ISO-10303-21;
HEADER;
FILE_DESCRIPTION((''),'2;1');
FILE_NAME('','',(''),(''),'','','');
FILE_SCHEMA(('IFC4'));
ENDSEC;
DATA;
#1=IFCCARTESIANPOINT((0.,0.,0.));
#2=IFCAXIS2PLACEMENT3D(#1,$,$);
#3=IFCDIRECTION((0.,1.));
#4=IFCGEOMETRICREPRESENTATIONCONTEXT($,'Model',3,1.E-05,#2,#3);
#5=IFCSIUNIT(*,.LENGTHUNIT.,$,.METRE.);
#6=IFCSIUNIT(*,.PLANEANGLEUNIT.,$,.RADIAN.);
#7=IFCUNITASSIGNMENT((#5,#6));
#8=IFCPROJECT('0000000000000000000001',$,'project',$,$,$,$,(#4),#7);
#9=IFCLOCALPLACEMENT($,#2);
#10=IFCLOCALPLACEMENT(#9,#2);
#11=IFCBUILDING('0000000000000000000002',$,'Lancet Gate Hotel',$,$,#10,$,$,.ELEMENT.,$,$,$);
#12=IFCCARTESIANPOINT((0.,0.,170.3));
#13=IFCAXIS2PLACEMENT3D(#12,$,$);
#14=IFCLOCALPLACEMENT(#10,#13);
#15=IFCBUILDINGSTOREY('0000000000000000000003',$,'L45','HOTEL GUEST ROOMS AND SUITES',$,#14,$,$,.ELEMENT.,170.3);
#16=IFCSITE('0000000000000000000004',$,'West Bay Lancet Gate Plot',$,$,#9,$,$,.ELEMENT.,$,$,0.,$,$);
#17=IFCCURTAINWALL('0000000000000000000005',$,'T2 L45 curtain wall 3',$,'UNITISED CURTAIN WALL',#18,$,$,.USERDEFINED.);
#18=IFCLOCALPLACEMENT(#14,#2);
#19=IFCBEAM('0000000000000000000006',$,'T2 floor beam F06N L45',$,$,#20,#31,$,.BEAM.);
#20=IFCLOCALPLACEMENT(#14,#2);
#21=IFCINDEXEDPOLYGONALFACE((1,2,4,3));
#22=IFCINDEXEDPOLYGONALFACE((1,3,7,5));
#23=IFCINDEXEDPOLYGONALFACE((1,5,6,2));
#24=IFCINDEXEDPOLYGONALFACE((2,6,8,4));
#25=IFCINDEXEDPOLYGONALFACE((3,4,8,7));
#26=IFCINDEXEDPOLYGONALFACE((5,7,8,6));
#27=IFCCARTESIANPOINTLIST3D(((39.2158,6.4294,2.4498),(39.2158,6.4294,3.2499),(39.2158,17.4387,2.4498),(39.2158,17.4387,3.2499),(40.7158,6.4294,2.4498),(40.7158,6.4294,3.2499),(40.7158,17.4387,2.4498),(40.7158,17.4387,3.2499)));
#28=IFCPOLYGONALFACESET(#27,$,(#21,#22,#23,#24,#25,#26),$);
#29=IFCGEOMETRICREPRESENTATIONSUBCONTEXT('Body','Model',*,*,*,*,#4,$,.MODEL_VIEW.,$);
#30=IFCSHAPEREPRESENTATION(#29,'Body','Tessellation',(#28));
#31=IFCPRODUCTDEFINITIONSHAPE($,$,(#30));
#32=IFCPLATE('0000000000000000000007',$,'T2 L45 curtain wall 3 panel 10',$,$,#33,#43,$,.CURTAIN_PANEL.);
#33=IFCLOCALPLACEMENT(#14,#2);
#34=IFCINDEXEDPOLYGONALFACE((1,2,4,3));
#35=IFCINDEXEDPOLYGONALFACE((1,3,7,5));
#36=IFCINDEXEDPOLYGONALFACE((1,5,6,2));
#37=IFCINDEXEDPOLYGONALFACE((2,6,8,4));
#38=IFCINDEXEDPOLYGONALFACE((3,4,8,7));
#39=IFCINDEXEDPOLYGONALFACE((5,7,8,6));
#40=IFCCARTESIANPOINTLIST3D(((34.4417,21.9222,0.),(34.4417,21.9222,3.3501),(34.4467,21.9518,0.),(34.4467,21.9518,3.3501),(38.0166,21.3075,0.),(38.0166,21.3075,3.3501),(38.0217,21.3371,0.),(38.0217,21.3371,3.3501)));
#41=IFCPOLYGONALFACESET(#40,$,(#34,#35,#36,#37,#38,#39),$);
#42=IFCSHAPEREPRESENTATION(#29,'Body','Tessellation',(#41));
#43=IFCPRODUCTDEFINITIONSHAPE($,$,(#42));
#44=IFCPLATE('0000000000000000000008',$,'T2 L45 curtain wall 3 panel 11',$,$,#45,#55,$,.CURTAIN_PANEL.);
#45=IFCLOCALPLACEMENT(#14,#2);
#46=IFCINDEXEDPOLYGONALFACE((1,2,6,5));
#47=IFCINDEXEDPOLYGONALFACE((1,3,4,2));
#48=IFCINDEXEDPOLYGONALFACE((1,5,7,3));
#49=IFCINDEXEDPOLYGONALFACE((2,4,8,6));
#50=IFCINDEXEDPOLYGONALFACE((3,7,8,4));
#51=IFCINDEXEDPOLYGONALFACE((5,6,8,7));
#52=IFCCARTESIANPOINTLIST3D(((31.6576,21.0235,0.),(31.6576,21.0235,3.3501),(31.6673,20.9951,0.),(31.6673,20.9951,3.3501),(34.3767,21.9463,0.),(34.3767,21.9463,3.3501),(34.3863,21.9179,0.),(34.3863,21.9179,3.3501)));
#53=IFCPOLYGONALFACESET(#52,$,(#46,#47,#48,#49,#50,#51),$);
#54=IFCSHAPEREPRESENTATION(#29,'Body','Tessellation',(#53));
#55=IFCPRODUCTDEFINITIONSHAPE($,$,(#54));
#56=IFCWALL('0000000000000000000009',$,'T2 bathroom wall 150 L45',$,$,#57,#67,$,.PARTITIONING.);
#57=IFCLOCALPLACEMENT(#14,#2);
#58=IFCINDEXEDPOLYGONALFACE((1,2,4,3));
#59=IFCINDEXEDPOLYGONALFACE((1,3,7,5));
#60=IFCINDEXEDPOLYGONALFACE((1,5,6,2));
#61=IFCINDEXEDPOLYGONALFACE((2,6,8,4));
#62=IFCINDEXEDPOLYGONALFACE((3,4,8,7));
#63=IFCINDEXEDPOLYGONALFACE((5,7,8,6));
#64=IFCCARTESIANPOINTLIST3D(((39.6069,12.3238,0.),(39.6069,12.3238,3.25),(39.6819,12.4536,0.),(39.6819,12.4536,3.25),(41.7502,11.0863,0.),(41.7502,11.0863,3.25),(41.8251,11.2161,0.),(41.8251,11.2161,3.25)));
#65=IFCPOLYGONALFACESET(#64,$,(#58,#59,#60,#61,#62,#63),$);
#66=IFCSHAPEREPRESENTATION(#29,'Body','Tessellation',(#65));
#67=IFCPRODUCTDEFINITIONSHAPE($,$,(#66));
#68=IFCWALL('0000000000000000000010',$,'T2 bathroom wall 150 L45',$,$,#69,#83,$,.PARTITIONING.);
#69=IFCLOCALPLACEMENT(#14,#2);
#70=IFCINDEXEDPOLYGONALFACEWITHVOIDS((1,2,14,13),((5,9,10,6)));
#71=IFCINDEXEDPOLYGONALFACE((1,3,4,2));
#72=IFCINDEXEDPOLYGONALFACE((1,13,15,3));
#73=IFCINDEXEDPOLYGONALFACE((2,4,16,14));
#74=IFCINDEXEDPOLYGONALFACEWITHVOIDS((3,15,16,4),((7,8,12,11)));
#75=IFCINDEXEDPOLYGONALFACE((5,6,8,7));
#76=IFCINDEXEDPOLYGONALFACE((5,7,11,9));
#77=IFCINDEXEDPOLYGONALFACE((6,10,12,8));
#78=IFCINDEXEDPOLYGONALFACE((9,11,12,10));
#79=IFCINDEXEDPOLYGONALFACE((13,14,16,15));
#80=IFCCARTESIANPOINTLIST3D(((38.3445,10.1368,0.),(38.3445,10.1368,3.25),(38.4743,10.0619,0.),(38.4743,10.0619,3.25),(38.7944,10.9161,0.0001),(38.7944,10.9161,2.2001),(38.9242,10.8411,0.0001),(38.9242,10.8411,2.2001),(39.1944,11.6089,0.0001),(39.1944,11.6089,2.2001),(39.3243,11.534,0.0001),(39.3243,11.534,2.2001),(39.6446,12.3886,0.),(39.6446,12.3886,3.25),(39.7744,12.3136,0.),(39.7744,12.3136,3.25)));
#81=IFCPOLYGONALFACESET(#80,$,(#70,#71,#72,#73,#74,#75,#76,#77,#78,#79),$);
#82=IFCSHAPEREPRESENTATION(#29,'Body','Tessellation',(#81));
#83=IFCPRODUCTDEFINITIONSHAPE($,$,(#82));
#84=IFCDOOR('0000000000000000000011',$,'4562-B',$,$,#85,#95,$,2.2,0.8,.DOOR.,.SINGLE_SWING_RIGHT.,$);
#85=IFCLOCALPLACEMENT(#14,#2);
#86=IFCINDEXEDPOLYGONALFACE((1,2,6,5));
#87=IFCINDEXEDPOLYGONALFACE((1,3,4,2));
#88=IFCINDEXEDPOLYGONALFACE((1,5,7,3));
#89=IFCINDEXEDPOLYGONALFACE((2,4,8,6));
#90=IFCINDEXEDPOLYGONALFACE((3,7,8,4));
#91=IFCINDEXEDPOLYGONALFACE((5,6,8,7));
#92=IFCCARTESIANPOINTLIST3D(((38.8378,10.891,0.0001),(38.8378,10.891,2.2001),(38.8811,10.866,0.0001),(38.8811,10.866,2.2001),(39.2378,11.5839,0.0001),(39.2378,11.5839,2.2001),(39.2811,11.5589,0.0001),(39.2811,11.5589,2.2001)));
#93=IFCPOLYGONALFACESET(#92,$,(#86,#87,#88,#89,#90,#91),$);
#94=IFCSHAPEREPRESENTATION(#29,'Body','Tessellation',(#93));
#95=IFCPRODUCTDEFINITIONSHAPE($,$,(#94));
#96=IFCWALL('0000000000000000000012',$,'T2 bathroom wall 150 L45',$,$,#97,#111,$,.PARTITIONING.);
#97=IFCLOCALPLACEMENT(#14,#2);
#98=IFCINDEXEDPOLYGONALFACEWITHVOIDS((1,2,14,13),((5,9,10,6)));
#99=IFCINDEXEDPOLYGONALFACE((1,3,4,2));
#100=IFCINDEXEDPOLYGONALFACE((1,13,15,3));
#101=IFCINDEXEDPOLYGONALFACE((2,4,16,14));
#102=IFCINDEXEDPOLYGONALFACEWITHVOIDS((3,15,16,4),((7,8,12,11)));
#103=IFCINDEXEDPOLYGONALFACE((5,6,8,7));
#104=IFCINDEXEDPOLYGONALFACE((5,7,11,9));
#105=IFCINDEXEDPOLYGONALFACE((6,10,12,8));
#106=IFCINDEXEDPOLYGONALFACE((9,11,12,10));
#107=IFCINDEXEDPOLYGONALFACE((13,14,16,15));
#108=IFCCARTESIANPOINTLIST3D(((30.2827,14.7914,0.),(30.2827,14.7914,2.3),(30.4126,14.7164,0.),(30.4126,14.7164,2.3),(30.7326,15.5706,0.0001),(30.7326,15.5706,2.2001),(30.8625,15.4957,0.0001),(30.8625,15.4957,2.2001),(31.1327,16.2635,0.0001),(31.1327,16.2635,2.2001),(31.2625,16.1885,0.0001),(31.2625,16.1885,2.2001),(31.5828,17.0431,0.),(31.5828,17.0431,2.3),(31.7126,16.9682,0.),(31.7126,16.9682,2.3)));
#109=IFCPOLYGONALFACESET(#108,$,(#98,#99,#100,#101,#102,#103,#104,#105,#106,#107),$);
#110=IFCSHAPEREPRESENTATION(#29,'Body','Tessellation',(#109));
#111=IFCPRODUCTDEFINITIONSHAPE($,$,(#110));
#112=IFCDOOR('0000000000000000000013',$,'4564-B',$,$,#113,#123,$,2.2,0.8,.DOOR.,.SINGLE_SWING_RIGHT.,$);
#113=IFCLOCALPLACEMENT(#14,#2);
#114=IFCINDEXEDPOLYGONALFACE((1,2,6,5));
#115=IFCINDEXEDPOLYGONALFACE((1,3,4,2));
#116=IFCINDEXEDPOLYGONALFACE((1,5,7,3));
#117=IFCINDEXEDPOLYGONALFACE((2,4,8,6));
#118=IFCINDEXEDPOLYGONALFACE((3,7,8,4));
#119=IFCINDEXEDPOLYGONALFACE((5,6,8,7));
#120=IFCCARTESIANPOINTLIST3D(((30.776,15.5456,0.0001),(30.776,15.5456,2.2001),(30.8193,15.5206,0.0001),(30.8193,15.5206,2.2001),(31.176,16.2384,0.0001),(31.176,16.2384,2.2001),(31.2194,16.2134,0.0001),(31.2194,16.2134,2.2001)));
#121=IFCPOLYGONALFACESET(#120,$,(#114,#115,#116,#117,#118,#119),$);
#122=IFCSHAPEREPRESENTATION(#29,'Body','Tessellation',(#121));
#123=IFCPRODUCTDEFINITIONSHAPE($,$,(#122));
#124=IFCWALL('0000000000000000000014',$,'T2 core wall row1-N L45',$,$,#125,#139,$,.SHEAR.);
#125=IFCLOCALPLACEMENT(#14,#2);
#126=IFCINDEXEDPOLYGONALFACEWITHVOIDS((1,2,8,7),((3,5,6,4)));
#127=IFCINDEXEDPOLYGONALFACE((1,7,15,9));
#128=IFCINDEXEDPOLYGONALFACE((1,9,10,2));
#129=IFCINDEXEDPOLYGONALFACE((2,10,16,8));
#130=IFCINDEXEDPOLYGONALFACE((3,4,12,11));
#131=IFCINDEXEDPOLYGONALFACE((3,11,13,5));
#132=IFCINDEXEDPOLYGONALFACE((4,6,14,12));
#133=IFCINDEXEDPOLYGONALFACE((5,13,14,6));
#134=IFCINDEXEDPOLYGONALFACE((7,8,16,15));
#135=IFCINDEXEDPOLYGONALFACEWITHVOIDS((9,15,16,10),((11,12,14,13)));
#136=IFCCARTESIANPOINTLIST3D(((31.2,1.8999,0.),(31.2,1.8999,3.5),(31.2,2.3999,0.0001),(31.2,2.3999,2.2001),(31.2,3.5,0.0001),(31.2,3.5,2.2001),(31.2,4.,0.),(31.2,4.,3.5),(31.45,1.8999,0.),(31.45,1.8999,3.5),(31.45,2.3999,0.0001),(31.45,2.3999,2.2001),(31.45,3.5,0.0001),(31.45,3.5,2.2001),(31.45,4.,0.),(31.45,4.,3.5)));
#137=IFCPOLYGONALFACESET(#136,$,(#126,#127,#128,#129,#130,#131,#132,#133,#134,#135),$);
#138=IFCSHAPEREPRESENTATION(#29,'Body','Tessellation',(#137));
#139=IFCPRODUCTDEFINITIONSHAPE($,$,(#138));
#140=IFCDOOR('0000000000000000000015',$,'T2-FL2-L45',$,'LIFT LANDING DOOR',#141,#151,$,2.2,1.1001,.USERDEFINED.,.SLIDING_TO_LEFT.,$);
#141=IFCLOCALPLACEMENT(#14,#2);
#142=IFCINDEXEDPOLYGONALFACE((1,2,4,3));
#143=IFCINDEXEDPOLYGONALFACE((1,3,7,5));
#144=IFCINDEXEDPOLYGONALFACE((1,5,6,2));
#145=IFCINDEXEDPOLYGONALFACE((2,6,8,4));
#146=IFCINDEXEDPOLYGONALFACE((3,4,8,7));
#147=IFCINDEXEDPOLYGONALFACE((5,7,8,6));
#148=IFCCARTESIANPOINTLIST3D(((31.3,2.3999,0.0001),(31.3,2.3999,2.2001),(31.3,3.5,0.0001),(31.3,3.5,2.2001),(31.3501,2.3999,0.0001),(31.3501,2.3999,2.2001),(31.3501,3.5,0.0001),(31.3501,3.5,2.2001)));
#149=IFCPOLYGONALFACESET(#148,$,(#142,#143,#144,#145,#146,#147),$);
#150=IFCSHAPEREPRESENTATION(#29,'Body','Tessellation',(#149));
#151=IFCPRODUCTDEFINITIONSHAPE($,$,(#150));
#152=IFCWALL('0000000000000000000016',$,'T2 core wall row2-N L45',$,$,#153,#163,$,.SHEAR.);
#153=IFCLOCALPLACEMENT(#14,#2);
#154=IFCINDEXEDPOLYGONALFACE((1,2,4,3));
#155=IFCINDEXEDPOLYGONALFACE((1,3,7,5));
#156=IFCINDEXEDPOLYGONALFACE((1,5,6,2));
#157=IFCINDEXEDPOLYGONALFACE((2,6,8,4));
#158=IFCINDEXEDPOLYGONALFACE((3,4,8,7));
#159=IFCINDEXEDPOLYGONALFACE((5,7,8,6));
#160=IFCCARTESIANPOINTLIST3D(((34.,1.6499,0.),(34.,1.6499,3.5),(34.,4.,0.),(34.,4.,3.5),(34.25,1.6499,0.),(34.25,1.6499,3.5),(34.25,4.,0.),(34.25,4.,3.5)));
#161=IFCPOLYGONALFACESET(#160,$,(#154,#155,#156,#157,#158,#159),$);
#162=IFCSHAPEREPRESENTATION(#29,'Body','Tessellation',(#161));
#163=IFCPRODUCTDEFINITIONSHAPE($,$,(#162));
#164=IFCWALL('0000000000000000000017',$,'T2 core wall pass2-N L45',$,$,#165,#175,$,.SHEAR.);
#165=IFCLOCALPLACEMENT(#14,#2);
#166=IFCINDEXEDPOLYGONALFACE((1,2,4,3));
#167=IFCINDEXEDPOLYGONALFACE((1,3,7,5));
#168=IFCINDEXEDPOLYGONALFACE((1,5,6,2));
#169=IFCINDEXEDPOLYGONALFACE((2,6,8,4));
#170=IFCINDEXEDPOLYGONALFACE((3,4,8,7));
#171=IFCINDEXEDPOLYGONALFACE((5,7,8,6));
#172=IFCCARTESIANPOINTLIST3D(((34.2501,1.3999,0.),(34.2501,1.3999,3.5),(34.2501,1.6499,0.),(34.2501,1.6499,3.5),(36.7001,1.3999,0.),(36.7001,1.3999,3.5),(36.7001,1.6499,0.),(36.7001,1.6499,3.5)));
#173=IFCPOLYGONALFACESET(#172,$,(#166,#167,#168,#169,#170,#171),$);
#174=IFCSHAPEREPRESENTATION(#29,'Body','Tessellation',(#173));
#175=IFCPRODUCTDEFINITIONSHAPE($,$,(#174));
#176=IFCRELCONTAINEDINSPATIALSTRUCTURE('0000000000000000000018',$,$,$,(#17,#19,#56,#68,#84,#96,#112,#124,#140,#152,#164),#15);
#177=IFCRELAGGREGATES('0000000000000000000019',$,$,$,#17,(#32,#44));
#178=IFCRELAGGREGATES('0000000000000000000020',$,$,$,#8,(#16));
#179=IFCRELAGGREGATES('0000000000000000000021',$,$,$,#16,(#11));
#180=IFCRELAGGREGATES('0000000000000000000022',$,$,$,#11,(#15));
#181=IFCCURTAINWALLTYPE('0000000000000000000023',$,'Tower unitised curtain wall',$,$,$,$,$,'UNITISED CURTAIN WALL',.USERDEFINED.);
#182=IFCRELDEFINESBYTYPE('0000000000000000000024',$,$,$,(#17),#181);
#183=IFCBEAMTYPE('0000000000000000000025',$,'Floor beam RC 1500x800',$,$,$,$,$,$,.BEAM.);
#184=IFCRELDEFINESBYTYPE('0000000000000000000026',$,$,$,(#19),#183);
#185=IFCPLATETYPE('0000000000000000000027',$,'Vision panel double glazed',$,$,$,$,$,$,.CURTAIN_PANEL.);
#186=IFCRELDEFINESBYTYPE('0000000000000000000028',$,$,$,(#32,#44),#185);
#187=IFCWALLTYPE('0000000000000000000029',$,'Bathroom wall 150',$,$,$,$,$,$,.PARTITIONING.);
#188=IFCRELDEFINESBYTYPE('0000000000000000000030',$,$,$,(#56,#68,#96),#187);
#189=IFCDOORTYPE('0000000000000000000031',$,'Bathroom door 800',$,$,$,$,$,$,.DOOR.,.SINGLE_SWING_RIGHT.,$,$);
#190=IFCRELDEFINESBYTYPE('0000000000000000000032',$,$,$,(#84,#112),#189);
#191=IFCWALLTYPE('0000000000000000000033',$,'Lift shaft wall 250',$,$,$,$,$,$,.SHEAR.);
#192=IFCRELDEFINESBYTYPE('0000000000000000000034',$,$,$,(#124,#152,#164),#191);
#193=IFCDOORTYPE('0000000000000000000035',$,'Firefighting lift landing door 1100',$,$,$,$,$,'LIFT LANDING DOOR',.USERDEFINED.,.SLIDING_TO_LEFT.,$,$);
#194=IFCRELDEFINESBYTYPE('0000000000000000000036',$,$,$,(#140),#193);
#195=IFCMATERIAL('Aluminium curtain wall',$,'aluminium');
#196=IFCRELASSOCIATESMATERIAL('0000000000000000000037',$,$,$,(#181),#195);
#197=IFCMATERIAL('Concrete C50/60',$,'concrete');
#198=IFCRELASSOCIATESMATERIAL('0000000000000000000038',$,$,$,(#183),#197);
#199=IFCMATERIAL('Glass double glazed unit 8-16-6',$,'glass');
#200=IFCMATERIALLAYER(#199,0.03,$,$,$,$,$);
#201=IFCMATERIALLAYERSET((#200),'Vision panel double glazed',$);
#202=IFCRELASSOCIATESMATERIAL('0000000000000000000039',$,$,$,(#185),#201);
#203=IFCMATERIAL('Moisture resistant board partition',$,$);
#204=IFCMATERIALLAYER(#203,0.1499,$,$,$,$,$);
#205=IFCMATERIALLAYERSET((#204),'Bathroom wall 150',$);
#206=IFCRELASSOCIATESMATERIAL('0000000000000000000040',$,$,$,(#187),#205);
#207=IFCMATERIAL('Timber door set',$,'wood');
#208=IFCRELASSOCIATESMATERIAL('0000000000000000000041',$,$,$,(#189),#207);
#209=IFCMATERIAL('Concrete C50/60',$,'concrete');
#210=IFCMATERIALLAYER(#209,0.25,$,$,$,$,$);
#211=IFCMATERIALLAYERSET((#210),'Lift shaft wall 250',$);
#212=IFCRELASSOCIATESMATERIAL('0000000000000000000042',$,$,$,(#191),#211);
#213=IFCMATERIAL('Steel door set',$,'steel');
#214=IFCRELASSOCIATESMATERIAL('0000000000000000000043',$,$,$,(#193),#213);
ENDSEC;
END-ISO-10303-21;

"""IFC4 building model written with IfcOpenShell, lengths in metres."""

from ifc_helpers import new_model, si_unit, direction, frame, frame_2d, origin, origin_2d, place, context, subcontext, project, spatial, rectangle, extrude, material, layer, layer_set, material_profile, profile_set, type_object, element, fill, aggregate, save


model = new_model("IFC4")

# Units and contexts
model_context = context("Model", 3, precision=1e-05, world=origin(), true_north=direction((0.0, 1.0)))
body_context = subcontext(model_context, "Body", "Model", "MODEL_VIEW")
ifc_project = project(units=[si_unit("LENGTHUNIT", "METRE"), si_unit("PLANEANGLEUNIT", "RADIAN")], contexts=[model_context])

# Site, building, storey
site_placement = place(None, origin())
site = spatial("IfcSite", under=ifc_project, at=site_placement, Name="West Bay Lancet Gate Plot", CompositionType="ELEMENT", RefElevation=0.0)
building_placement = place(site_placement, origin())
building = spatial("IfcBuilding", under=site, at=building_placement, Name="Lancet Gate Hotel", CompositionType="ELEMENT")
storey_placement = place(building_placement, frame((0.0, 0.0, 170.3)))
storey = spatial("IfcBuildingStorey", under=building, at=storey_placement, Name="L45", Description="HOTEL GUEST ROOMS AND SUITES", CompositionType="ELEMENT", Elevation=170.3)

# Curtain wall
ifc_material_1 = material(Name="Aluminium curtain wall", Category="aluminium")
curtain_wall_type = type_object("IfcCurtainWallType", Name="Tower unitised curtain wall", ElementType="UNITISED CURTAIN WALL", PredefinedType="USERDEFINED", material=ifc_material_1)
curtain_wall_1_placement = place(storey_placement, origin())
curtain_wall_1 = element("IfcCurtainWall", 1, at=curtain_wall_1_placement, inside=storey, type_object=curtain_wall_type, Name="T2 L45 curtain wall 3", ObjectType="UNITISED CURTAIN WALL", PredefinedType="USERDEFINED")

# Beam
ifc_material_2 = material(Name="Concrete C50/60", Category="concrete")
ifc_material_profile_1 = material_profile(ifc_material_2, rectangle(XDim=1.5, YDim=0.8, at=origin_2d()), Name="RC 1500x800")
ifc_profile_set_1 = profile_set([ifc_material_profile_1], Name="Concrete C50/60")
beam_type = type_object("IfcBeamType", Name="Floor beam RC 1500x800", PredefinedType="BEAM", material=ifc_profile_set_1)
beam_1_placement = place(storey_placement, frame((39.9658, 6.4294, 2.8499), z_axis=(0.0, 1.0, 0.0), x_axis=(-1.0, 0.0, 0.0)))
element("IfcBeam", 2, at=beam_1_placement, inside=storey, type_object=beam_type, Name="T2 floor beam F06N L45", PredefinedType="BEAM", context=body_context, shape_type="SweptSolid", body=[
    extrude(rectangle(XDim=1.5, YDim=0.8, at=origin_2d()), origin(), (0.0, 0.0, 1.0), 11.0093),
])

# Plates
ifc_material_3 = material(Name="Glass double glazed unit 8-16-6", Category="glass")
ifc_layer_1 = layer(ifc_material_3, 0.03)
ifc_layer_set_1 = layer_set([ifc_layer_1], Name="Vision panel double glazed")
plate_type = type_object("IfcPlateType", Name="Vision panel double glazed", PredefinedType="CURTAIN_PANEL", material=ifc_layer_set_1)
plate_1_placement = place(storey_placement, frame((36.2317, 21.6296, 0.0), z_axis=(0.0, 0.0, 1.0), x_axis=(-0.98554, 0.169445, 0.0)))
plate_1 = element("IfcPlate", 3, at=plate_1_placement, type_object=plate_type, Name="T2 L45 curtain wall 3 panel 10", PredefinedType="CURTAIN_PANEL", context=body_context, shape_type="SweptSolid", body=[
    extrude(rectangle(XDim=3.6274, YDim=0.03, at=origin_2d()), origin(), (0.0, 0.0, 1.0), 3.3501),
])
plate_2_placement = place(storey_placement, frame((33.022, 21.4707, 0.0), z_axis=(0.0, 0.0, 1.0), x_axis=(-0.946952, -0.321374, 0.0)))
plate_2 = element("IfcPlate", 4, at=plate_2_placement, type_object=plate_type, Name="T2 L45 curtain wall 3 panel 11", PredefinedType="CURTAIN_PANEL", context=body_context, shape_type="SweptSolid", body=[
    extrude(rectangle(XDim=2.8713, YDim=0.03, at=origin_2d()), origin(), (0.0, 0.0, 1.0), 3.3501),
])
aggregate(curtain_wall_1, [plate_1, plate_2])

# Wall
ifc_material_4 = material(Name="Moisture resistant board partition")
ifc_layer_2 = layer(ifc_material_4, 0.1499)
ifc_layer_set_2 = layer_set([ifc_layer_2], Name="Bathroom wall 150")
wall_type_1 = type_object("IfcWallType", Name="Bathroom wall 150", PredefinedType="PARTITIONING", material=ifc_layer_set_2)
wall_1_placement = place(storey_placement, frame((39.6445, 12.3887, 0.0), z_axis=(0.0, 0.0, 1.0), x_axis=(0.866007, -0.500033, 0.0)))
element("IfcWall", 5, at=wall_1_placement, inside=storey, type_object=wall_type_1, Name="T2 bathroom wall 150 L45", PredefinedType="PARTITIONING", context=body_context, shape_type="SweptSolid", body=[
    extrude(rectangle(XDim=2.4749, YDim=0.1499, at=frame_2d((1.2373, 0.0))), origin(), (0.0, 0.0, 1.0), 3.25),
])

# Walls, openings, doors
wall_2_placement = place(storey_placement, frame((38.4094, 10.0994, 0.0), z_axis=(0.0, 0.0, 1.0), x_axis=(0.500007, 0.866021, 0.0)))
wall_2 = element("IfcWall", 6, at=wall_2_placement, inside=storey, type_object=wall_type_1, Name="T2 bathroom wall 150 L45", PredefinedType="PARTITIONING", context=body_context, shape_type="SweptSolid", body=[
    extrude(rectangle(XDim=2.6001, YDim=0.1499, at=frame_2d((1.3, 0.0))), origin(), (0.0, 0.0, 1.0), 3.25),
])
opening_1_placement = place(wall_2_placement, frame((0.8999, 0.0, 0.0)))
opening_1 = element("IfcOpeningElement", 7, at=opening_1_placement, cuts=wall_2, PredefinedType="OPENING", context=body_context, shape_type="SweptSolid", body=[
    extrude(rectangle(XDim=0.8, YDim=2.2, at=frame_2d((0.3999, 1.1001))), frame((0.0, 0.085, 0.0), z_axis=(0.0, -1.0, 0.0), x_axis=(1.0, 0.0, 0.0)), (0.0, 0.0, 1.0), 0.1699),
])
ifc_material_5 = material(Name="Timber door set", Category="wood")
door_type_1 = type_object("IfcDoorType", Name="Bathroom door 800", OperationType="SINGLE_SWING_RIGHT", PredefinedType="DOOR", material=ifc_material_5)
door_1_placement = place(opening_1_placement, origin())
door_1 = element("IfcDoor", 8, at=door_1_placement, inside=storey, type_object=door_type_1, Name="4562-B", OperationType="SINGLE_SWING_RIGHT", OverallHeight=2.2, OverallWidth=0.8, PredefinedType="DOOR", context=body_context, shape_type="SweptSolid", body=[
    extrude(rectangle(XDim=0.8, YDim=2.2, at=frame_2d((0.3999, 1.1001))), frame((0.0, 0.0249, 0.0), z_axis=(0.0, -1.0, 0.0), x_axis=(1.0, 0.0, 0.0)), (0.0, 0.0, 1.0), 0.05),
])
fill(opening_1, door_1)
wall_3_placement = place(storey_placement, frame((30.3477, 14.7539, 0.0), z_axis=(0.0, 0.0, 1.0), x_axis=(0.500007, 0.866021, 0.0)))
wall_3 = element("IfcWall", 9, at=wall_3_placement, inside=storey, type_object=wall_type_1, Name="T2 bathroom wall 150 L45", PredefinedType="PARTITIONING", context=body_context, shape_type="SweptSolid", body=[
    extrude(rectangle(XDim=2.6001, YDim=0.1499, at=frame_2d((1.3, 0.0))), origin(), (0.0, 0.0, 1.0), 2.3),
])
opening_2_placement = place(wall_3_placement, frame((0.8999, 0.0, 0.0)))
opening_2 = element("IfcOpeningElement", 10, at=opening_2_placement, cuts=wall_3, PredefinedType="OPENING", context=body_context, shape_type="SweptSolid", body=[
    extrude(rectangle(XDim=0.8, YDim=2.2, at=frame_2d((0.3999, 1.1001))), frame((0.0, 0.085, 0.0), z_axis=(0.0, -1.0, 0.0), x_axis=(1.0, 0.0, 0.0)), (0.0, 0.0, 1.0), 0.1699),
])
door_2_placement = place(opening_2_placement, origin())
door_2 = element("IfcDoor", 11, at=door_2_placement, inside=storey, type_object=door_type_1, Name="4564-B", OperationType="SINGLE_SWING_RIGHT", OverallHeight=2.2, OverallWidth=0.8, PredefinedType="DOOR", context=body_context, shape_type="SweptSolid", body=[
    extrude(rectangle(XDim=0.8, YDim=2.2, at=frame_2d((0.3999, 1.1001))), frame((0.0, 0.0249, 0.0), z_axis=(0.0, -1.0, 0.0), x_axis=(1.0, 0.0, 0.0)), (0.0, 0.0, 1.0), 0.05),
])
fill(opening_2, door_2)
ifc_material_6 = material(Name="Concrete C50/60", Category="concrete")
ifc_layer_3 = layer(ifc_material_6, 0.25)
ifc_layer_set_3 = layer_set([ifc_layer_3], Name="Lift shaft wall 250")
wall_type_2 = type_object("IfcWallType", Name="Lift shaft wall 250", PredefinedType="SHEAR", material=ifc_layer_set_3)
wall_4_placement = place(storey_placement, frame((31.325, 1.8999, 0.0), z_axis=(0.0, 0.0, 1.0), x_axis=(0.0, 1.0, 0.0)))
wall_4 = element("IfcWall", 12, at=wall_4_placement, inside=storey, type_object=wall_type_2, Name="T2 core wall row1-N L45", PredefinedType="SHEAR", context=body_context, shape_type="SweptSolid", body=[
    extrude(rectangle(XDim=2.1001, YDim=0.25, at=frame_2d((1.05, 0.0))), origin(), (0.0, 0.0, 1.0), 3.5),
])
opening_3_placement = place(wall_4_placement, frame((0.5, 0.0, 0.0)))
opening_3 = element("IfcOpeningElement", 13, at=opening_3_placement, cuts=wall_4, PredefinedType="OPENING", context=body_context, shape_type="SweptSolid", body=[
    extrude(rectangle(XDim=1.1001, YDim=2.2, at=frame_2d((0.55, 1.1001))), frame((0.0, 0.135, 0.0), z_axis=(0.0, -1.0, 0.0), x_axis=(1.0, 0.0, 0.0)), (0.0, 0.0, 1.0), 0.27),
])
ifc_material_7 = material(Name="Steel door set", Category="steel")
door_type_2 = type_object("IfcDoorType", Name="Firefighting lift landing door 1100", ElementType="LIFT LANDING DOOR", OperationType="SLIDING_TO_LEFT", PredefinedType="USERDEFINED", material=ifc_material_7)
door_3_placement = place(opening_3_placement, origin())
door_3 = element("IfcDoor", 14, at=door_3_placement, inside=storey, type_object=door_type_2, Name="T2-FL2-L45", ObjectType="LIFT LANDING DOOR", OperationType="SLIDING_TO_LEFT", OverallHeight=2.2, OverallWidth=1.1001, PredefinedType="USERDEFINED", context=body_context, shape_type="SweptSolid", body=[
    extrude(rectangle(XDim=1.1001, YDim=2.2, at=frame_2d((0.55, 1.1001))), frame((0.0, 0.0249, 0.0), z_axis=(0.0, -1.0, 0.0), x_axis=(1.0, 0.0, 0.0)), (0.0, 0.0, 1.0), 0.05),
])
fill(opening_3, door_3)

# Walls
wall_5_placement = place(storey_placement, frame((34.125, 1.6499, 0.0), z_axis=(0.0, 0.0, 1.0), x_axis=(0.0, 1.0, 0.0)))
element("IfcWall", 15, at=wall_5_placement, inside=storey, type_object=wall_type_2, Name="T2 core wall row2-N L45", PredefinedType="SHEAR", context=body_context, shape_type="SweptSolid", body=[
    extrude(rectangle(XDim=2.3501, YDim=0.25, at=frame_2d((1.175, 0.0))), origin(), (0.0, 0.0, 1.0), 3.5),
])
wall_6_placement = place(storey_placement, frame((34.25, 1.5249, 0.0), z_axis=(0.0, 0.0, 1.0), x_axis=(1.0, 0.0, 0.0)))
element("IfcWall", 16, at=wall_6_placement, inside=storey, type_object=wall_type_2, Name="T2 core wall pass2-N L45", PredefinedType="SHEAR", context=body_context, shape_type="SweptSolid", body=[
    extrude(rectangle(XDim=2.45, YDim=0.25, at=frame_2d((1.2251, 0.0))), origin(), (0.0, 0.0, 1.0), 3.5),
])

save(model, "model.ifc")
